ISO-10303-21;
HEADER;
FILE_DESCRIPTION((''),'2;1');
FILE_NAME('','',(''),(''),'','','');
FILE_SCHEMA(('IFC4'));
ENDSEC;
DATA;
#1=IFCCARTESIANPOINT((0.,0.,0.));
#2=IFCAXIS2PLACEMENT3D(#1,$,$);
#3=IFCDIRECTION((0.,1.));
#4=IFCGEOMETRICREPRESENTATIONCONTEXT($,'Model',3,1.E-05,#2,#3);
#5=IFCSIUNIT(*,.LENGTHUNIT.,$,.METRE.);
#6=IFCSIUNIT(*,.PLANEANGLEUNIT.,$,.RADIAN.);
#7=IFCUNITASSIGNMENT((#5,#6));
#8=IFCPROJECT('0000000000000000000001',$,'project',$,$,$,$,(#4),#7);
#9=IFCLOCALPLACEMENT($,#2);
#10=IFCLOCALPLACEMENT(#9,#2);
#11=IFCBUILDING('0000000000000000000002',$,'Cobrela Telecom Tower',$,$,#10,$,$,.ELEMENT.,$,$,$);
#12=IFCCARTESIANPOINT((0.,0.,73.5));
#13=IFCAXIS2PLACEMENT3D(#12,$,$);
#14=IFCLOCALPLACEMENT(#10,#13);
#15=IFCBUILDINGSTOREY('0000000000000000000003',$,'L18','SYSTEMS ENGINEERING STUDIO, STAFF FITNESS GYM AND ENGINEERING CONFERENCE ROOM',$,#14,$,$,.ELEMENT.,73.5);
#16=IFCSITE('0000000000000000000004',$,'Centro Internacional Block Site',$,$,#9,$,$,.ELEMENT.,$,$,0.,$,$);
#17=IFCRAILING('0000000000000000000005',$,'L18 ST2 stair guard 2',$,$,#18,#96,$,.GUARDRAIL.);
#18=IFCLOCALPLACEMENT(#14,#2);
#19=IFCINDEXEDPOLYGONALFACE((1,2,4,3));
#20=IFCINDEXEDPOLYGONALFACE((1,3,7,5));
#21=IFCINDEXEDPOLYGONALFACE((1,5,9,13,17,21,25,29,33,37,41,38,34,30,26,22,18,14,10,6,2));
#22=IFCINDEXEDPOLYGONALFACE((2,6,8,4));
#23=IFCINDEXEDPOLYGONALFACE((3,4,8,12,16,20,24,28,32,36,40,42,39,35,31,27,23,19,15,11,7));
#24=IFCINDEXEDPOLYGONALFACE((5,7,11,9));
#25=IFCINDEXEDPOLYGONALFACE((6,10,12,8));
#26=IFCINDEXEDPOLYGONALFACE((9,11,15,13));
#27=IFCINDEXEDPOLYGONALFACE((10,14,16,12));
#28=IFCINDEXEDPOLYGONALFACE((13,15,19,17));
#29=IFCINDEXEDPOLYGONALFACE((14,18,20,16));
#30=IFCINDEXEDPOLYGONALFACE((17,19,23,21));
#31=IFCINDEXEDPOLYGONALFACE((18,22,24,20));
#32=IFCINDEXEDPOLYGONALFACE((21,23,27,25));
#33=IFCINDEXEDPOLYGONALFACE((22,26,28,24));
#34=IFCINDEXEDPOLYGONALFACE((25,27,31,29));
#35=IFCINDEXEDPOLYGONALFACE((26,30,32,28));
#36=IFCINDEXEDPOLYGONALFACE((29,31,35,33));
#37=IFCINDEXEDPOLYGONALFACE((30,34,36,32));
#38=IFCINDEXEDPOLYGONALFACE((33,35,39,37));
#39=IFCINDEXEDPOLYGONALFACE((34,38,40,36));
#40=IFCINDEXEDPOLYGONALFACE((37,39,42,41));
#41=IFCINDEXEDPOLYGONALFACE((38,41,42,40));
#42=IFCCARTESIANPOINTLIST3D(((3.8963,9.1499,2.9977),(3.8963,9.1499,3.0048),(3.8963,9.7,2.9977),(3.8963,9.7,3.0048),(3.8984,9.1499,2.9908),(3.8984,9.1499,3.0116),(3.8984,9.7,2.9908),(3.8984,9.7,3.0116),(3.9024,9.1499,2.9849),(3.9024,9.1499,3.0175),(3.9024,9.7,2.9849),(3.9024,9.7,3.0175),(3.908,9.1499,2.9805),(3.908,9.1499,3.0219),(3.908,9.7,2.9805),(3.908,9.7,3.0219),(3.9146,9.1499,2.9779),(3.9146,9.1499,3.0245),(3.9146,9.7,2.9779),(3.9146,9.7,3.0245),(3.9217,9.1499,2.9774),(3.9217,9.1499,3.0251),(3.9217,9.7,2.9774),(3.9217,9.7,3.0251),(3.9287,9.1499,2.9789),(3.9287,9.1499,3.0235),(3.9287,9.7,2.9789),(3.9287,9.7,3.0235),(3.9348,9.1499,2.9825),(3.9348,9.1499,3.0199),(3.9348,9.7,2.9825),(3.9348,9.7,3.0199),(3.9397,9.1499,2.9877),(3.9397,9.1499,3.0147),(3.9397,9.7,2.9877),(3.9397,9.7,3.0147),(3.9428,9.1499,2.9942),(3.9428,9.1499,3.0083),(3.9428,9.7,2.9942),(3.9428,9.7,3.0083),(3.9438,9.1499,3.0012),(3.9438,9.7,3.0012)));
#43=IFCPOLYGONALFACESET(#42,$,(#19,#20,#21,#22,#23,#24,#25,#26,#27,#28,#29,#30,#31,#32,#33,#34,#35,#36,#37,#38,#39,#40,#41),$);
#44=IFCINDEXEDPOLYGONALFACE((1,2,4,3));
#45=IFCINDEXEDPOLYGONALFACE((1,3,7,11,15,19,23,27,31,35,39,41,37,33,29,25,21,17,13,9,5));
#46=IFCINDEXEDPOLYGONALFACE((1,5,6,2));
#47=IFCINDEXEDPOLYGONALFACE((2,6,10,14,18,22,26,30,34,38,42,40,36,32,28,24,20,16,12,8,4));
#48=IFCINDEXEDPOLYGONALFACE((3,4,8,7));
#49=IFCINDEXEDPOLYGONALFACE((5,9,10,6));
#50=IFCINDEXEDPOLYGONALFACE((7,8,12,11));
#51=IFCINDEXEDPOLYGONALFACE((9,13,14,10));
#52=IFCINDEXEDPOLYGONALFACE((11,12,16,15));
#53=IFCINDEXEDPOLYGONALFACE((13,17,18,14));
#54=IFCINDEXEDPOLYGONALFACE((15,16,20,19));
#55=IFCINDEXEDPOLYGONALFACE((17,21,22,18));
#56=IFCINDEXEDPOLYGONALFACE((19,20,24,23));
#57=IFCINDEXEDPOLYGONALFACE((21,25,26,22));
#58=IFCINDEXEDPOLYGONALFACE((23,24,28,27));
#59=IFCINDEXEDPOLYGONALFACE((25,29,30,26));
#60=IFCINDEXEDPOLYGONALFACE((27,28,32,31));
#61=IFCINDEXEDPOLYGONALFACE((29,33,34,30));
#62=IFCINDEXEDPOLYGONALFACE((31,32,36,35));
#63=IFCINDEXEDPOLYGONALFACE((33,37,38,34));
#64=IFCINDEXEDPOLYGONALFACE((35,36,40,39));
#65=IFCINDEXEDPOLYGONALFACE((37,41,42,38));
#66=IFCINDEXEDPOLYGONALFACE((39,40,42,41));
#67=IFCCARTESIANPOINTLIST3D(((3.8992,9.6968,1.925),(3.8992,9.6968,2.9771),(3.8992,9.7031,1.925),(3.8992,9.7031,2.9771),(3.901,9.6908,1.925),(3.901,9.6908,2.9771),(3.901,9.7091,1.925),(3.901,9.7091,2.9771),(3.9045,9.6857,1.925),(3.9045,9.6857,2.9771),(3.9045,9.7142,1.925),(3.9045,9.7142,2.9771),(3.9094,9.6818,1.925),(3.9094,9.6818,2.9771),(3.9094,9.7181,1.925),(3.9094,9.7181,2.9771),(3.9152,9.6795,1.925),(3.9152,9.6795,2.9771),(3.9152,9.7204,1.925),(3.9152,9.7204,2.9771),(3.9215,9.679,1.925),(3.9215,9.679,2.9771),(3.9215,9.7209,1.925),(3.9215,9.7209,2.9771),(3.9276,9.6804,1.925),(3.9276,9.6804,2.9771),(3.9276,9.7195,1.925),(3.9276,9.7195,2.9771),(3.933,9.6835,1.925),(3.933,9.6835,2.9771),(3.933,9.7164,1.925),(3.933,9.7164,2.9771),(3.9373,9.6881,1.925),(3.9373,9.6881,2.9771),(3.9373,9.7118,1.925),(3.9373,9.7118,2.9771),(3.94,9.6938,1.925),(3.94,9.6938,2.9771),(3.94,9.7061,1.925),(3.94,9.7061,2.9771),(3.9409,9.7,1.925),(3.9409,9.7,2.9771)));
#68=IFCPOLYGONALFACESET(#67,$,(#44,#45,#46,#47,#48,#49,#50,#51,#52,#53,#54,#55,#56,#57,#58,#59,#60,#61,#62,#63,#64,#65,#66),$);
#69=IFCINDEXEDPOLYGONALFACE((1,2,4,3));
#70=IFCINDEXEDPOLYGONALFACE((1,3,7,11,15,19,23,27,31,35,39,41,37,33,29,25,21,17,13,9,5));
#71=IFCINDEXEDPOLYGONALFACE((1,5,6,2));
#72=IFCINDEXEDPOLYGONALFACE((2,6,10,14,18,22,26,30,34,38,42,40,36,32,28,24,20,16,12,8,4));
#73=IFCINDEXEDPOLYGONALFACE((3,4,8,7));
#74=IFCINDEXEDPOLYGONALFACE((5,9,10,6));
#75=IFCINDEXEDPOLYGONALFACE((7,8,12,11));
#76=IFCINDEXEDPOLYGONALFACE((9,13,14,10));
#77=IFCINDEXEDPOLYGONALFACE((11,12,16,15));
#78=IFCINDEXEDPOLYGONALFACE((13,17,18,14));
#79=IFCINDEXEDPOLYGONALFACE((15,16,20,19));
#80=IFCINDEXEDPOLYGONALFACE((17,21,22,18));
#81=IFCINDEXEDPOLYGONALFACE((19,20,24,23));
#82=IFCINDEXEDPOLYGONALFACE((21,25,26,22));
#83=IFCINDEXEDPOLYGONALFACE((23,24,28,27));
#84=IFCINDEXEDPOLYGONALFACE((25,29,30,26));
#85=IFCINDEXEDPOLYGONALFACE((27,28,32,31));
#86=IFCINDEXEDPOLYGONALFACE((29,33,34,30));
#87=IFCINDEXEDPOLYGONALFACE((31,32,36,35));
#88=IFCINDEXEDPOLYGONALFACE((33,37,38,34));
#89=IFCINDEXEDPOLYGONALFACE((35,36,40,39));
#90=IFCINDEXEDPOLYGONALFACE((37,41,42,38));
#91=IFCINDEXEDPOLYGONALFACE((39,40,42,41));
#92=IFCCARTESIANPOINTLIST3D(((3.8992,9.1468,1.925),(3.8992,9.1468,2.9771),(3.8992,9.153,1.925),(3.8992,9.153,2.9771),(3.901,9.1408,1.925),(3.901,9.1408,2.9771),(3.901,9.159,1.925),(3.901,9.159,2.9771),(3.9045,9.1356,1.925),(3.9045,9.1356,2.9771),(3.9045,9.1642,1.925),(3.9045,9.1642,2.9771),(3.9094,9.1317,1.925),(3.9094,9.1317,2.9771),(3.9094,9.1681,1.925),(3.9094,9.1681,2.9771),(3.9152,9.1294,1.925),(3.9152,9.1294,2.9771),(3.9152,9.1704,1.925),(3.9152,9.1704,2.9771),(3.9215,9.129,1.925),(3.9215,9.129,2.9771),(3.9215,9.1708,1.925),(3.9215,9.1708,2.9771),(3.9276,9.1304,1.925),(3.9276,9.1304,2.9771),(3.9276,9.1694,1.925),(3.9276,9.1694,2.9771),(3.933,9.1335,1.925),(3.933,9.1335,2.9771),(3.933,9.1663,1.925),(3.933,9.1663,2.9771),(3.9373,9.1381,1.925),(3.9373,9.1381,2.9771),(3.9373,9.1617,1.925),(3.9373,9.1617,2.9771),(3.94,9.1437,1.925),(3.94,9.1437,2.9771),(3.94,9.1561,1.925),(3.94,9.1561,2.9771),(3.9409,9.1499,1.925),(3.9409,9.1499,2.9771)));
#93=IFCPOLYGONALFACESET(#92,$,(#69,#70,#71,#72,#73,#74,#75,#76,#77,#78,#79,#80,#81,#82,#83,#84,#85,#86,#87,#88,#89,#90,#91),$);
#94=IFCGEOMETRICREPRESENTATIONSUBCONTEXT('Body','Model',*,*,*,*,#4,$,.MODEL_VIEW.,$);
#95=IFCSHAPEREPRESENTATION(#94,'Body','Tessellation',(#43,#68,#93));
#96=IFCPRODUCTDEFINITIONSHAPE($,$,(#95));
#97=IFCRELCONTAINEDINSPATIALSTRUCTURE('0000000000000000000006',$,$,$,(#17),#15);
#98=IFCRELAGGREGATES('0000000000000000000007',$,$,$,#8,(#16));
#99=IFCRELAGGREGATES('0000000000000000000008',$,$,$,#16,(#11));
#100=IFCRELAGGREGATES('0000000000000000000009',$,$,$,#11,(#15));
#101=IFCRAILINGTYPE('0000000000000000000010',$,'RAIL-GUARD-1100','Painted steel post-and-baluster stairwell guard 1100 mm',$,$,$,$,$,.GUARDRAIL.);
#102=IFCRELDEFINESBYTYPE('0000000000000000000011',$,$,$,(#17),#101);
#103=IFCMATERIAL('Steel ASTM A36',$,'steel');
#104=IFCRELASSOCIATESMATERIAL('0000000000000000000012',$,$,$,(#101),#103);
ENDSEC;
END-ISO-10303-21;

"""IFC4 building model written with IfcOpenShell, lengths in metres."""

from ifc_helpers import new_model, si_unit, direction, frame, origin, origin_2d, place, context, subcontext, project, spatial, circle, extrude, material, type_object, element, save


model = new_model("IFC4")

# Units and contexts
model_context = context("Model", 3, precision=1e-05, world=origin(), true_north=direction((0.0, 1.0)))
body_context = subcontext(model_context, "Body", "Model", "MODEL_VIEW")
ifc_project = project(units=[si_unit("LENGTHUNIT", "METRE"), si_unit("PLANEANGLEUNIT", "RADIAN")], contexts=[model_context])

# Site, building, storey
site_placement = place(None, origin())
site = spatial("IfcSite", under=ifc_project, at=site_placement, Name="Centro Internacional Block Site", CompositionType="ELEMENT", RefElevation=0.0)
building_placement = place(site_placement, origin())
building = spatial("IfcBuilding", under=site, at=building_placement, Name="Cobrela Telecom Tower", CompositionType="ELEMENT")
storey_placement = place(building_placement, frame((0.0, 0.0, 73.5)))
storey = spatial("IfcBuildingStorey", under=building, at=storey_placement, Name="L18", Description="SYSTEMS ENGINEERING STUDIO, STAFF FITNESS GYM AND ENGINEERING CONFERENCE ROOM", CompositionType="ELEMENT", Elevation=73.5)

# Railing
ifc_material_1 = material(Name="Steel ASTM A36", Category="steel")
railing_type_1 = type_object("IfcRailingType", Name="RAIL-GUARD-1100", Description="Painted steel post-and-baluster stairwell guard 1100 mm", PredefinedType="GUARDRAIL", material=ifc_material_1)
railing_1_placement = place(storey_placement, frame((3.9199, 9.7, 1.925)))
element("IfcRailing", 1, at=railing_1_placement, inside=storey, type_object=railing_type_1, Name="L18 ST2 stair guard 2", PredefinedType="GUARDRAIL", context=body_context, shape_type="SweptSolid", body=[
    extrude(circle(Radius=0.0239, at=origin_2d()), frame((0.0, 0.0, 1.0762), z_axis=(0.0, -1.0, 0.0), x_axis=(1.0, 0.0, 0.0)), (0.0, 0.0, 1.0), 0.55),
    extrude(circle(Radius=0.021, at=origin_2d()), origin(), (0.0, 0.0, 1.0), 1.052),
    extrude(circle(Radius=0.021, at=origin_2d()), frame((0.0, -0.55, 0.0)), (0.0, 0.0, 1.0), 1.052),
])

save(model, "model.ifc")
